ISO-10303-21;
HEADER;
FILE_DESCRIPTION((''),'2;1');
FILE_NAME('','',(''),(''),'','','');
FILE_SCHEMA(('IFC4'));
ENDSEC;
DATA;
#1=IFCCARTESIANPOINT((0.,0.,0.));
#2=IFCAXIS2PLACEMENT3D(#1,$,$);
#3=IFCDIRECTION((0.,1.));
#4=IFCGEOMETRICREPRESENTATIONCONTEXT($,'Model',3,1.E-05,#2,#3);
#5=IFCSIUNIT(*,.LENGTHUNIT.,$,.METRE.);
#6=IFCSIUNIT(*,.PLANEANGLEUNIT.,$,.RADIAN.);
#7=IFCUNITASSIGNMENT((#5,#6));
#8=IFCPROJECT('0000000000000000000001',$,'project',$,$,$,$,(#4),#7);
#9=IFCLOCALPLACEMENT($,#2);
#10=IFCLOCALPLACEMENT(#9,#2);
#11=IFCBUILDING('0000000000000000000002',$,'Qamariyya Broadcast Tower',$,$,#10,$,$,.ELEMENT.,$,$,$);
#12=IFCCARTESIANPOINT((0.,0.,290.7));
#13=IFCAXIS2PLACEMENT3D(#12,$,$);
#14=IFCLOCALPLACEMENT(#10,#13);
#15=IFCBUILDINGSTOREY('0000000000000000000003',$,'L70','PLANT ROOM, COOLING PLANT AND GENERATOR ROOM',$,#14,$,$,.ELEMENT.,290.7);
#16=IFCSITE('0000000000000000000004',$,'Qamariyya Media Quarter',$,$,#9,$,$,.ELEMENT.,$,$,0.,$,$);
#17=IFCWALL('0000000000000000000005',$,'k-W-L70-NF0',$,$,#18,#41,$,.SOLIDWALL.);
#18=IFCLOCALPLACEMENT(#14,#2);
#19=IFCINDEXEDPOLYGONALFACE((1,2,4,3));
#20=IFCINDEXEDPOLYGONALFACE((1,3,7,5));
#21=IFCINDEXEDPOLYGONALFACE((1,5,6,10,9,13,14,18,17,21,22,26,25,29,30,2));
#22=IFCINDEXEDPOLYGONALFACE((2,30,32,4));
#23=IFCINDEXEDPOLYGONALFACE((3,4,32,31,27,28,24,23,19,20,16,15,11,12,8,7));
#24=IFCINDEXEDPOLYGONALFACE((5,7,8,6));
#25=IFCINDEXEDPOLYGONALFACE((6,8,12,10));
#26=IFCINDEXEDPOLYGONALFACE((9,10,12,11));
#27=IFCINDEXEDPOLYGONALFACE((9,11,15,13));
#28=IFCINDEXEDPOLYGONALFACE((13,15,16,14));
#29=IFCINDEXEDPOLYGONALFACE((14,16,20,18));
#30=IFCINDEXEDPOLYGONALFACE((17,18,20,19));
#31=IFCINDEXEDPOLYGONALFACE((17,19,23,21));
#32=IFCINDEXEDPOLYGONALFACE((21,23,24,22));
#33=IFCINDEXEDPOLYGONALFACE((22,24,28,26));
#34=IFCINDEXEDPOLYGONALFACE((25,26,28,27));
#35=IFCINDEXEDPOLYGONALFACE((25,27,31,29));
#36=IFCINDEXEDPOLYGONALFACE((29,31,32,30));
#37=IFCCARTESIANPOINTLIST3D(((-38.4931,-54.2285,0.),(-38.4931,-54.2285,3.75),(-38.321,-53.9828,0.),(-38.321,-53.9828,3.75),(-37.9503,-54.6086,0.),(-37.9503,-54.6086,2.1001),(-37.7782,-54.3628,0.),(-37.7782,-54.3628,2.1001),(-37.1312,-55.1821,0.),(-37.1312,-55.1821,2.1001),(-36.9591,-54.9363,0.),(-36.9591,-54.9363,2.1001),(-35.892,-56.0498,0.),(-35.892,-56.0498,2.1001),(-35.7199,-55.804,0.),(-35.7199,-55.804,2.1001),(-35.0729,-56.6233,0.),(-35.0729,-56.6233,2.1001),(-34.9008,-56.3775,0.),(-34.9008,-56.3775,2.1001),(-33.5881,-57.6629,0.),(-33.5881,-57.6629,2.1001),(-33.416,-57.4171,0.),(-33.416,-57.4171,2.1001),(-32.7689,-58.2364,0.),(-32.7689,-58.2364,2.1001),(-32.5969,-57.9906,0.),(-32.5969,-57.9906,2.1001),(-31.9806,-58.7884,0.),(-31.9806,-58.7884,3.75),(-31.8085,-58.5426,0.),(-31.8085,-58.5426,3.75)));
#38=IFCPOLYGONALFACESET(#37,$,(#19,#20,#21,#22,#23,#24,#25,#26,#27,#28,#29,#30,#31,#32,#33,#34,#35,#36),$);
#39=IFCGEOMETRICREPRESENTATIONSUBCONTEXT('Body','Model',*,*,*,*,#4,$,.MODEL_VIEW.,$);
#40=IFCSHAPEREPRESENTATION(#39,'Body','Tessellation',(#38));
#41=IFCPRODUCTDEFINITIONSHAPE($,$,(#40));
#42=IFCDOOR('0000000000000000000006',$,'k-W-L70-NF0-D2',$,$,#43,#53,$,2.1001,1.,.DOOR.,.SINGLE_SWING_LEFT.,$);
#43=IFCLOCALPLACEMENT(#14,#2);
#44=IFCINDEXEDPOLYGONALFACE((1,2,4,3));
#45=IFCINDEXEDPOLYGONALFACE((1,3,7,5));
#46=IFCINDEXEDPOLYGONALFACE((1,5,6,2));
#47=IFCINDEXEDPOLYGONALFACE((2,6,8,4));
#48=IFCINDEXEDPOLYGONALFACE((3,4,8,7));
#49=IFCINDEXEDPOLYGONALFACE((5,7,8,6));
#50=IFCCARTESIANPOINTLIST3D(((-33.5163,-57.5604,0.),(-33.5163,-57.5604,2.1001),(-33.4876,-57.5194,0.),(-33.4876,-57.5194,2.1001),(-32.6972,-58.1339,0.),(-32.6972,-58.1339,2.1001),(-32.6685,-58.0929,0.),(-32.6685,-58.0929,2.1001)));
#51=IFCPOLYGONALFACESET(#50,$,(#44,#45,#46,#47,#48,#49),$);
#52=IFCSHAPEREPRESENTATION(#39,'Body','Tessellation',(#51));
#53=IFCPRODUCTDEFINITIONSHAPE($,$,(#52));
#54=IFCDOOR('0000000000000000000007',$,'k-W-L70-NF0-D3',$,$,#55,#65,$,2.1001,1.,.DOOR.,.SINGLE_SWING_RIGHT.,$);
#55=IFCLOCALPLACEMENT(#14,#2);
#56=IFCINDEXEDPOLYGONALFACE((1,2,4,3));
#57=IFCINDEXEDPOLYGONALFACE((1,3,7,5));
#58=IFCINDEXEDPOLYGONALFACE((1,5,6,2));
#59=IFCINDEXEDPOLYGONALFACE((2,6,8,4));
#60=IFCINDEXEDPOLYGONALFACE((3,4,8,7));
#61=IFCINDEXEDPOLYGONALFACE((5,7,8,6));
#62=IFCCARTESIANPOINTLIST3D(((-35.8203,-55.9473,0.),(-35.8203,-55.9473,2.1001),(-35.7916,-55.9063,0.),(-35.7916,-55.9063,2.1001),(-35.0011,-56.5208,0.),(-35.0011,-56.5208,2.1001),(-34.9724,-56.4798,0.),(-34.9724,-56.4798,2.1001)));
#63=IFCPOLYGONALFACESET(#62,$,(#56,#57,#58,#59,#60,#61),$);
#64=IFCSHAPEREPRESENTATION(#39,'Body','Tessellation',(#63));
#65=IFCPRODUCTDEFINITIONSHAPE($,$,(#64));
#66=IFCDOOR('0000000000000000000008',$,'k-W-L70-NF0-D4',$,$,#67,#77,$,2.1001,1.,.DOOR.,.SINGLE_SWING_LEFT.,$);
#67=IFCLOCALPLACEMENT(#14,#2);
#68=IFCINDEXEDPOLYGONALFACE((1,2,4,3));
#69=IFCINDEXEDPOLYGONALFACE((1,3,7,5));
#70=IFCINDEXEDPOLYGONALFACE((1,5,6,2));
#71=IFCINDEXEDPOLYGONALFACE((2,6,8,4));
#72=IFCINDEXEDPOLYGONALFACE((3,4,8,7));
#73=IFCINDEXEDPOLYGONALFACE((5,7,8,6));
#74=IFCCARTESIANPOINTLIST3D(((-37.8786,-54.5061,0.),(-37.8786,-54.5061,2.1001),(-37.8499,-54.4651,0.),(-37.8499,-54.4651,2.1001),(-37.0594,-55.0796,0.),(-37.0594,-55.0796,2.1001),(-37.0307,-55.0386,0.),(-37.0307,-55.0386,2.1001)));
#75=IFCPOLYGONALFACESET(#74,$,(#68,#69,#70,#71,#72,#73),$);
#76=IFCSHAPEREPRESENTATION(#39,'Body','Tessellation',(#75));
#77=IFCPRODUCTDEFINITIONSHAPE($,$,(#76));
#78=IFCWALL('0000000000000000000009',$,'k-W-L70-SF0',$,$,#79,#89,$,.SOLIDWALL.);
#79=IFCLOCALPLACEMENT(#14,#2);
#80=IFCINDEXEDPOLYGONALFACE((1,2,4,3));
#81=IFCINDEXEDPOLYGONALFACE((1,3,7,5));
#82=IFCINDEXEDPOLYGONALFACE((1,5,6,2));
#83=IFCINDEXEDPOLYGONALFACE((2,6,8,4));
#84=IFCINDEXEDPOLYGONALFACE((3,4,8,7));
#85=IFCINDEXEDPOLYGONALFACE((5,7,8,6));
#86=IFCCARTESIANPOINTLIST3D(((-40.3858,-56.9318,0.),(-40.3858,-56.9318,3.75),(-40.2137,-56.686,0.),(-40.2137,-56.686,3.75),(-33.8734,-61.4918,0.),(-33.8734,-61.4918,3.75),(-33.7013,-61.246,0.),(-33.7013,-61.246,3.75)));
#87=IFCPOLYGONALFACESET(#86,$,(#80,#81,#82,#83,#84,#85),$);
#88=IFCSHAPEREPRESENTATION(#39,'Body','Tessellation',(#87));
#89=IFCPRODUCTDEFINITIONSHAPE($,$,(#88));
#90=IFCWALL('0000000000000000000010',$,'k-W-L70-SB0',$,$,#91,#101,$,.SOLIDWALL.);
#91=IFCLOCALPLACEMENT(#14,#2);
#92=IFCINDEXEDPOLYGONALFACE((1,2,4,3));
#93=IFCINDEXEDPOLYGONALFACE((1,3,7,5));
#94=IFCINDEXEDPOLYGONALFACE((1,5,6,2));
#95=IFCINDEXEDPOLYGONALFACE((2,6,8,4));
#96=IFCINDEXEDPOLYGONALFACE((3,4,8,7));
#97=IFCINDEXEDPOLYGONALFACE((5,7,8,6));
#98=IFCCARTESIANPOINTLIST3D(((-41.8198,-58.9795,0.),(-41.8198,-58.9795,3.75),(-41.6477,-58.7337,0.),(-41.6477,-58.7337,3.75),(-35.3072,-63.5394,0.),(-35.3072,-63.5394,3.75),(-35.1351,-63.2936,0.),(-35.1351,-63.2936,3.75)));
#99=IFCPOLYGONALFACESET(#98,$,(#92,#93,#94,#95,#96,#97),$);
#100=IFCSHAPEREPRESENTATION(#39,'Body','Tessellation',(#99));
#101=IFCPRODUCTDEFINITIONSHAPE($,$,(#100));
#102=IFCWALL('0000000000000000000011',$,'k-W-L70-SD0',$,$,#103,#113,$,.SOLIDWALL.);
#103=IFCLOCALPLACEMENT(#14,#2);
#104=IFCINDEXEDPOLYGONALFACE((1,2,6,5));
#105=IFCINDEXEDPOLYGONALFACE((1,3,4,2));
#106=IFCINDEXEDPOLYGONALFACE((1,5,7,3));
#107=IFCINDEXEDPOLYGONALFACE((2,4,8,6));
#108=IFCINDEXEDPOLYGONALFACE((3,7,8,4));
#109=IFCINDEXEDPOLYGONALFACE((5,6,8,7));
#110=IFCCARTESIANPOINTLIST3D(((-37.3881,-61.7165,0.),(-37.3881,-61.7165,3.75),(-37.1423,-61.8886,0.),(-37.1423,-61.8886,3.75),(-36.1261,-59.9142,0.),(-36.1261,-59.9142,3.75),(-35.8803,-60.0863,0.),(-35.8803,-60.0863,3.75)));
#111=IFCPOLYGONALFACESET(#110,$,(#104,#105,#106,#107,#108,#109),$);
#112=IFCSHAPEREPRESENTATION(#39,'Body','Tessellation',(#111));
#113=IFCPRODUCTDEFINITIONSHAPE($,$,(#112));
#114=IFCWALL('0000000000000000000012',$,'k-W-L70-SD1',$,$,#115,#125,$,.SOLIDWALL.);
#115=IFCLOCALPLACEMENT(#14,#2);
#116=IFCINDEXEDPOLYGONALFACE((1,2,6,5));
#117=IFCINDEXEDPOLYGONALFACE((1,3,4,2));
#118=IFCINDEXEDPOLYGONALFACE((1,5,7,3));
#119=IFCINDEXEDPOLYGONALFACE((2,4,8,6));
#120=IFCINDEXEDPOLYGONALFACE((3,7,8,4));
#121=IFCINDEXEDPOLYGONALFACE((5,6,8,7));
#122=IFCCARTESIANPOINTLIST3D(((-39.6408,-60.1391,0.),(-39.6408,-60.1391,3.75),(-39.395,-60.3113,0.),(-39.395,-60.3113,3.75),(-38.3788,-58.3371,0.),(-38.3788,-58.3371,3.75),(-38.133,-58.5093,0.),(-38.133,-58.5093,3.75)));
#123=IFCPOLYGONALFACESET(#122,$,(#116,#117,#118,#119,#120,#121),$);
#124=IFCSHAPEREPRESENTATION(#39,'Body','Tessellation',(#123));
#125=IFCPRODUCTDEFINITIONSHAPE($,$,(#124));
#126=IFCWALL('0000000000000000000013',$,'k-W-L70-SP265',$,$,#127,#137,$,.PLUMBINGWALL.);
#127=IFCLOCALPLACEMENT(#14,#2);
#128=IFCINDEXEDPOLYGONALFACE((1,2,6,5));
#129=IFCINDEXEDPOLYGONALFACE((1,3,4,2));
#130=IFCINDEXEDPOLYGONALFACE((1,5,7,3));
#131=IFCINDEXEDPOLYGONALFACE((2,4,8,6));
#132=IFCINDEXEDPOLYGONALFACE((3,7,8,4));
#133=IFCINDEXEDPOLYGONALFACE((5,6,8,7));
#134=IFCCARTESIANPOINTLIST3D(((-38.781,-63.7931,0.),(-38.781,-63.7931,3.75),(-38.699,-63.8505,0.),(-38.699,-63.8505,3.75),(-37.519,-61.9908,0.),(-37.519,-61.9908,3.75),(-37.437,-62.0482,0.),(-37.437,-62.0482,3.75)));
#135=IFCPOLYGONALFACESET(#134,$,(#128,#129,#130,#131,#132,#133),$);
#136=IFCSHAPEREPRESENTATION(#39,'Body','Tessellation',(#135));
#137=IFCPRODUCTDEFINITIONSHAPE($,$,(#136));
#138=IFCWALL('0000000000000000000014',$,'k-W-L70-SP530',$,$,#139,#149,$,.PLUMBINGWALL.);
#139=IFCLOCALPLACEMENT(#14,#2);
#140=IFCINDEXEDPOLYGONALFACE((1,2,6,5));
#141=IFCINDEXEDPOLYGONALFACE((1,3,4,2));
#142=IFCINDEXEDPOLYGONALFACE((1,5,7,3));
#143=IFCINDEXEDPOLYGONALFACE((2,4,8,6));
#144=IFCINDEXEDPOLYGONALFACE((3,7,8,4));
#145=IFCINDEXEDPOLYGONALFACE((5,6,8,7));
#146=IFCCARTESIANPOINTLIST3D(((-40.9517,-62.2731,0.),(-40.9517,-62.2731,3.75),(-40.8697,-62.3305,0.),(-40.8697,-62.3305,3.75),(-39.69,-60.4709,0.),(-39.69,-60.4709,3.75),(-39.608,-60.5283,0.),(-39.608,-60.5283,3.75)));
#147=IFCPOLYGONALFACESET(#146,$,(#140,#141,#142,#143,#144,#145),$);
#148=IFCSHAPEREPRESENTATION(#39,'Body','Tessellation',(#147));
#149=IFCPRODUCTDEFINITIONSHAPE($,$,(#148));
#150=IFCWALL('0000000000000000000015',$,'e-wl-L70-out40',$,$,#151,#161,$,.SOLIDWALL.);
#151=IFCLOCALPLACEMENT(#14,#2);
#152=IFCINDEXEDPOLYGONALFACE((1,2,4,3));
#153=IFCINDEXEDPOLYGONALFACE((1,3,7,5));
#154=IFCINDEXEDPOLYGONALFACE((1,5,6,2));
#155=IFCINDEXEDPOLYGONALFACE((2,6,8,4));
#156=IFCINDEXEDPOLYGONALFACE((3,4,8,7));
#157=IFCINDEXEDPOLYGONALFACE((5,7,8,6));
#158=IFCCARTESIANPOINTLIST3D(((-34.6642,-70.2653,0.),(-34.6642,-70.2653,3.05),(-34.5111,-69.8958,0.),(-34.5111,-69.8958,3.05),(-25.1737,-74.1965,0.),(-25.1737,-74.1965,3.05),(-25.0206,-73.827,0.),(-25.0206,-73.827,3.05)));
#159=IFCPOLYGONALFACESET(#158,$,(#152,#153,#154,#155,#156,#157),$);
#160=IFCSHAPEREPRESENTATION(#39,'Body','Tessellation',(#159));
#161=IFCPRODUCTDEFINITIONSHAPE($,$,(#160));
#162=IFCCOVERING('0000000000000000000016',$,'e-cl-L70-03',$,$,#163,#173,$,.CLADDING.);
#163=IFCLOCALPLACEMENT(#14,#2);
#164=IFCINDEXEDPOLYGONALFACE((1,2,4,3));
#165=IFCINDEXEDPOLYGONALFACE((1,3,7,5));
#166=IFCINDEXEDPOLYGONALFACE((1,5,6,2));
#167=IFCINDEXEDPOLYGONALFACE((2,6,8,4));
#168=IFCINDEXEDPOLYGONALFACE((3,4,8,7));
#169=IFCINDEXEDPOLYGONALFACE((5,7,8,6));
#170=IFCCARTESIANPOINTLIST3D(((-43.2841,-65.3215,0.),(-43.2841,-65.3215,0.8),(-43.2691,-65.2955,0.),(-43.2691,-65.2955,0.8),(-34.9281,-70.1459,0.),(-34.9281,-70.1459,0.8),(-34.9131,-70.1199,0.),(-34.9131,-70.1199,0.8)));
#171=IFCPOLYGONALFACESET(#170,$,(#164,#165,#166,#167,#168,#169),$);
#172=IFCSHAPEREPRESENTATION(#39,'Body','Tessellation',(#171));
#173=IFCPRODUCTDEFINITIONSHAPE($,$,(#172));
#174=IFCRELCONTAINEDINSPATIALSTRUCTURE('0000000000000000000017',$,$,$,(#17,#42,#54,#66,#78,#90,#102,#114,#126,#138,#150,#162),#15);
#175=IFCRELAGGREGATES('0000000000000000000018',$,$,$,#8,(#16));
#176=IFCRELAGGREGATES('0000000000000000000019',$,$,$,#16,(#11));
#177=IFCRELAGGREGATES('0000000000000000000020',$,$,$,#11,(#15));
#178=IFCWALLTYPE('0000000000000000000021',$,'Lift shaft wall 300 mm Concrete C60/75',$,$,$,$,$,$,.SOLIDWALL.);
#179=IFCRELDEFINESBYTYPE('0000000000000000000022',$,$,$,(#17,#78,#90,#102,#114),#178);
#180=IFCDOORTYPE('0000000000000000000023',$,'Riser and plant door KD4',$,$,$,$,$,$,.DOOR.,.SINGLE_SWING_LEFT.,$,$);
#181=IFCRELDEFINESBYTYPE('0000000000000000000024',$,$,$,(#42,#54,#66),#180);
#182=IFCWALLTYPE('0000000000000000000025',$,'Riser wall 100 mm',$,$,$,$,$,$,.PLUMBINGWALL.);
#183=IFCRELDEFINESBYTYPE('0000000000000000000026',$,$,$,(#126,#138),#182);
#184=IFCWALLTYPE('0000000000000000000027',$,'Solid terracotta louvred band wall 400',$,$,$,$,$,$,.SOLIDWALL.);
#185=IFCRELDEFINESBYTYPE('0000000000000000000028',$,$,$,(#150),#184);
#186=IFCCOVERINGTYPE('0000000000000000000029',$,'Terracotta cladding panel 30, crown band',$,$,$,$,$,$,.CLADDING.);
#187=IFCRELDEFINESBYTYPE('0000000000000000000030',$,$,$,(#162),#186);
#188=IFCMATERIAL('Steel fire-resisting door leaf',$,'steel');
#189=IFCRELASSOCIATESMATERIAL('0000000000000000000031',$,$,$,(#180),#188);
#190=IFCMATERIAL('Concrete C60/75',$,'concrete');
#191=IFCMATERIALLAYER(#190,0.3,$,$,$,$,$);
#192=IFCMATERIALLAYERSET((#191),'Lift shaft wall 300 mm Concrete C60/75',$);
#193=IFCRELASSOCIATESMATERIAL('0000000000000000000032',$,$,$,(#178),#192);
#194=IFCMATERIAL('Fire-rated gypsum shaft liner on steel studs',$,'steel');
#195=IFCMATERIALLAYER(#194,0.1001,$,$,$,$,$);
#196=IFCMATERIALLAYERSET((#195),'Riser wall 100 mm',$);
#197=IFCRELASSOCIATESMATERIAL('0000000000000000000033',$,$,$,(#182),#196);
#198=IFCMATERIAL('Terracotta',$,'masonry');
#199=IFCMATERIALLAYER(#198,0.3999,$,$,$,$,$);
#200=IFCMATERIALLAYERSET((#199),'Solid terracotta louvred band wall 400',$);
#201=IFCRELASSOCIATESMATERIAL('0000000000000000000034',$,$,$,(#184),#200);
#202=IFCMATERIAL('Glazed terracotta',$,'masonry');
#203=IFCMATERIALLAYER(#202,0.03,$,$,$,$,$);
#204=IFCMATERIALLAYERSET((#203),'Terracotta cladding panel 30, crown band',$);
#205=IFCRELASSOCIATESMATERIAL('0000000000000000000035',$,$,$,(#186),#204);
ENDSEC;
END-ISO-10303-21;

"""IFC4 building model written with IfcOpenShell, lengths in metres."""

from ifc_helpers import new_model, si_unit, direction, frame, frame_2d, origin, origin_2d, place, context, subcontext, project, spatial, rectangle, extrude, material, layer, layer_set, type_object, element, fill, save


model = new_model("IFC4")

# Units and contexts
model_context = context("Model", 3, precision=1e-05, world=origin(), true_north=direction((0.0, 1.0)))
body_context = subcontext(model_context, "Body", "Model", "MODEL_VIEW")
ifc_project = project(units=[si_unit("LENGTHUNIT", "METRE"), si_unit("PLANEANGLEUNIT", "RADIAN")], contexts=[model_context])

# Site, building, storey
site_placement = place(None, origin())
site = spatial("IfcSite", under=ifc_project, at=site_placement, Name="Qamariyya Media Quarter", CompositionType="ELEMENT", RefElevation=0.0)
building_placement = place(site_placement, origin())
building = spatial("IfcBuilding", under=site, at=building_placement, Name="Qamariyya Broadcast Tower", CompositionType="ELEMENT")
storey_placement = place(building_placement, frame((0.0, 0.0, 290.7)))
storey = spatial("IfcBuildingStorey", under=building, at=storey_placement, Name="L70", Description="PLANT ROOM, COOLING PLANT AND GENERATOR ROOM", CompositionType="ELEMENT", Elevation=290.7)

# Shared definitions
ifc_material_1 = material(Name="Concrete C60/75", Category="concrete")
ifc_material_2 = material(Name="Steel fire-resisting door leaf", Category="steel")

# Wall, openings, doors
door_type_1 = type_object("IfcDoorType", Name="Riser and plant door KD4", OperationType="SINGLE_SWING_LEFT", PredefinedType="DOOR", material=ifc_material_2)
ifc_layer_1 = layer(ifc_material_1, 0.3)
ifc_layer_set_1 = layer_set([ifc_layer_1], Name="Lift shaft wall 300 mm Concrete C60/75")
wall_type_1 = type_object("IfcWallType", Name="Lift shaft wall 300 mm Concrete C60/75", PredefinedType="SOLIDWALL", material=ifc_layer_set_1)
wall_1_placement = place(storey_placement, frame((-31.8945, -58.6655, 0.0), z_axis=(0.0, 0.0, 1.0), x_axis=(-0.819167, 0.573555, 0.0)))
wall_1 = element("IfcWall", 1, at=wall_1_placement, inside=storey, type_object=wall_type_1, Name="k-W-L70-NF0", PredefinedType="SOLIDWALL", context=body_context, shape_type="SweptSolid", body=[
    extrude(rectangle(XDim=7.9502, YDim=0.3, at=frame_2d((3.9751, 0.0))), origin(), (0.0, 0.0, 1.0), 3.75),
])
opening_1_placement = place(wall_1_placement, frame((0.9624, 0.0, 0.0)))
opening_1 = element("IfcOpeningElement", 2, at=opening_1_placement, cuts=wall_1, PredefinedType="OPENING", context=body_context, shape_type="SweptSolid", body=[
    extrude(rectangle(XDim=1.0, YDim=2.1001, at=frame_2d((0.5, 1.05))), frame((0.0, 0.1599, 0.0), z_axis=(0.0, -1.0, 0.0), x_axis=(1.0, 0.0, 0.0)), (0.0, 0.0, 1.0), 0.3201),
])
opening_2_placement = place(wall_1_placement, frame((3.7749, 0.0, 0.0)))
opening_2 = element("IfcOpeningElement", 3, at=opening_2_placement, cuts=wall_1, PredefinedType="OPENING", context=body_context, shape_type="SweptSolid", body=[
    extrude(rectangle(XDim=1.0, YDim=2.1001, at=frame_2d((0.5, 1.05))), frame((0.0, 0.1599, 0.0), z_axis=(0.0, -1.0, 0.0), x_axis=(1.0, 0.0, 0.0)), (0.0, 0.0, 1.0), 0.3201),
])
opening_3_placement = place(wall_1_placement, frame((6.2876, 0.0, 0.0)))
opening_3 = element("IfcOpeningElement", 4, at=opening_3_placement, cuts=wall_1, PredefinedType="OPENING", context=body_context, shape_type="SweptSolid", body=[
    extrude(rectangle(XDim=1.0, YDim=2.1001, at=frame_2d((0.5, 1.05))), frame((0.0, 0.1599, 0.0), z_axis=(0.0, -1.0, 0.0), x_axis=(1.0, 0.0, 0.0)), (0.0, 0.0, 1.0), 0.3201),
])
door_1_placement = place(opening_1_placement, origin())
door_1 = element("IfcDoor", 5, at=door_1_placement, inside=storey, type_object=door_type_1, Name="k-W-L70-NF0-D2", OperationType="SINGLE_SWING_LEFT", OverallHeight=2.1001, OverallWidth=1.0, PredefinedType="DOOR", context=body_context, shape_type="SweptSolid", body=[
    extrude(rectangle(XDim=1.0, YDim=2.1001, at=frame_2d((0.5, 1.05))), frame((0.0, 0.0249, 0.0), z_axis=(0.0, -1.0, 0.0), x_axis=(1.0, 0.0, 0.0)), (0.0, 0.0, 1.0), 0.05),
])
fill(opening_1, door_1)
door_2_placement = place(opening_2_placement, origin())
door_2 = element("IfcDoor", 6, at=door_2_placement, inside=storey, type_object=door_type_1, Name="k-W-L70-NF0-D3", OperationType="SINGLE_SWING_RIGHT", OverallHeight=2.1001, OverallWidth=1.0, PredefinedType="DOOR", context=body_context, shape_type="SweptSolid", body=[
    extrude(rectangle(XDim=1.0, YDim=2.1001, at=frame_2d((0.5, 1.05))), frame((0.0, 0.0249, 0.0), z_axis=(0.0, -1.0, 0.0), x_axis=(1.0, 0.0, 0.0)), (0.0, 0.0, 1.0), 0.05),
])
fill(opening_2, door_2)
door_3_placement = place(opening_3_placement, origin())
door_3 = element("IfcDoor", 7, at=door_3_placement, inside=storey, type_object=door_type_1, Name="k-W-L70-NF0-D4", OperationType="SINGLE_SWING_LEFT", OverallHeight=2.1001, OverallWidth=1.0, PredefinedType="DOOR", context=body_context, shape_type="SweptSolid", body=[
    extrude(rectangle(XDim=1.0, YDim=2.1001, at=frame_2d((0.5, 1.05))), frame((0.0, 0.0249, 0.0), z_axis=(0.0, -1.0, 0.0), x_axis=(1.0, 0.0, 0.0)), (0.0, 0.0, 1.0), 0.05),
])
fill(opening_3, door_3)

# Walls
for number, where, z_axis, x_axis, name in (
    (8, (-33.7874, -61.3689, 0.0), (0.0, 0.0, 1.0), (-0.819153, 0.573576, 0.0), "k-W-L70-SF0"),
    (9, (-35.2212, -63.4165, 0.0), (0.0, 0.0, 1.0), (-0.819167, 0.573555, 0.0), "k-W-L70-SB0"),
):
    element("IfcWall", number, at=place(storey_placement, frame(where, z_axis=z_axis, x_axis=x_axis)), inside=storey, type_object=wall_type_1, Name=name, PredefinedType="SOLIDWALL", context=body_context, shape_type="SweptSolid", body=[
        extrude(rectangle(XDim=7.9502, YDim=0.3, at=frame_2d((3.9751, 0.0))), origin(), (0.0, 0.0, 1.0), 3.75),
    ])
wall_2_placement = place(storey_placement, frame((-36.0032, -60.0002, 0.0), z_axis=(0.0, 0.0, 1.0), x_axis=(-0.573581, -0.819149, 0.0)))
element("IfcWall", 10, at=wall_2_placement, inside=storey, type_object=wall_type_1, Name="k-W-L70-SD0", PredefinedType="SOLIDWALL", context=body_context, shape_type="SweptSolid", body=[
    extrude(rectangle(XDim=2.2002, YDim=0.3, at=frame_2d((1.1001, 0.0))), origin(), (0.0, 0.0, 1.0), 3.75),
])
wall_3_placement = place(storey_placement, frame((-38.2559, -58.4231, 0.0), z_axis=(0.0, 0.0, 1.0), x_axis=(-0.573634, -0.819112, 0.0)))
element("IfcWall", 11, at=wall_3_placement, inside=storey, type_object=wall_type_1, Name="k-W-L70-SD1", PredefinedType="SOLIDWALL", context=body_context, shape_type="SweptSolid", body=[
    extrude(rectangle(XDim=2.2, YDim=0.3, at=frame_2d((1.1001, 0.0))), origin(), (0.0, 0.0, 1.0), 3.75),
])
ifc_material_3 = material(Name="Fire-rated gypsum shaft liner on steel studs", Category="steel")
ifc_layer_2 = layer(ifc_material_3, 0.1001)
ifc_layer_set_2 = layer_set([ifc_layer_2], Name="Riser wall 100 mm")
wall_type_2 = type_object("IfcWallType", Name="Riser wall 100 mm", PredefinedType="PLUMBINGWALL", material=ifc_layer_set_2)
wall_4_placement = place(storey_placement, frame((-37.478, -62.0195, 0.0), z_axis=(0.0, 0.0, 1.0), x_axis=(-0.573581, -0.819149, 0.0)))
element("IfcWall", 12, at=wall_4_placement, inside=storey, type_object=wall_type_2, Name="k-W-L70-SP265", PredefinedType="PLUMBINGWALL", context=body_context, shape_type="SweptSolid", body=[
    extrude(rectangle(XDim=2.2002, YDim=0.1001, at=frame_2d((1.1001, 0.0))), origin(), (0.0, 0.0, 1.0), 3.75),
])
wall_5_placement = place(storey_placement, frame((-39.6489, -60.4995, 0.0), z_axis=(0.0, 0.0, 1.0), x_axis=(-0.573507, -0.819201, 0.0)))
element("IfcWall", 13, at=wall_5_placement, inside=storey, type_object=wall_type_2, Name="k-W-L70-SP530", PredefinedType="PLUMBINGWALL", context=body_context, shape_type="SweptSolid", body=[
    extrude(rectangle(XDim=2.2, YDim=0.1001, at=frame_2d((1.1001, 0.0))), origin(), (0.0, 0.0, 1.0), 3.75),
])
ifc_material_4 = material(Name="Terracotta", Category="masonry")
ifc_layer_3 = layer(ifc_material_4, 0.3999)
ifc_layer_set_3 = layer_set([ifc_layer_3], Name="Solid terracotta louvred band wall 400")
wall_type_3 = type_object("IfcWallType", Name="Solid terracotta louvred band wall 400", PredefinedType="SOLIDWALL", material=ifc_layer_set_3)
wall_6_placement = place(storey_placement, frame((-34.5876, -70.0806, 0.0), z_axis=(0.0, 0.0, 1.0), x_axis=(0.923877, -0.382689, 0.0)))
element("IfcWall", 14, at=wall_6_placement, inside=storey, type_object=wall_type_3, Name="e-wl-L70-out40", PredefinedType="SOLIDWALL", context=body_context, shape_type="SweptSolid", body=[
    extrude(rectangle(XDim=10.2725, YDim=0.3999, at=frame_2d((5.1362, 0.0))), origin(), (0.0, 0.0, 1.0), 3.05),
])

# Covering
ifc_material_5 = material(Name="Glazed terracotta", Category="masonry")
ifc_layer_4 = layer(ifc_material_5, 0.03)
ifc_layer_set_4 = layer_set([ifc_layer_4], Name="Terracotta cladding panel 30, crown band")
covering_type = type_object("IfcCoveringType", Name="Terracotta cladding panel 30, crown band", PredefinedType="CLADDING", material=ifc_layer_set_4)
for number, where, z_axis, x_axis, name in (
    (15, (-39.0986, -67.7207, 0.0), (0.0, 0.0, 1.0), (0.866025, -0.5, 0.0), "e-cl-L70-03"),
):
    element("IfcCovering", number, at=place(storey_placement, frame(where, z_axis=z_axis, x_axis=x_axis)), inside=storey, type_object=covering_type, Name=name, PredefinedType="CLADDING", context=body_context, shape_type="SweptSolid", body=[
        extrude(rectangle(XDim=9.6487, YDim=0.03, at=origin_2d()), origin(), (0.0, 0.0, 1.0), 0.8),
    ])

save(model, "model.ifc")
